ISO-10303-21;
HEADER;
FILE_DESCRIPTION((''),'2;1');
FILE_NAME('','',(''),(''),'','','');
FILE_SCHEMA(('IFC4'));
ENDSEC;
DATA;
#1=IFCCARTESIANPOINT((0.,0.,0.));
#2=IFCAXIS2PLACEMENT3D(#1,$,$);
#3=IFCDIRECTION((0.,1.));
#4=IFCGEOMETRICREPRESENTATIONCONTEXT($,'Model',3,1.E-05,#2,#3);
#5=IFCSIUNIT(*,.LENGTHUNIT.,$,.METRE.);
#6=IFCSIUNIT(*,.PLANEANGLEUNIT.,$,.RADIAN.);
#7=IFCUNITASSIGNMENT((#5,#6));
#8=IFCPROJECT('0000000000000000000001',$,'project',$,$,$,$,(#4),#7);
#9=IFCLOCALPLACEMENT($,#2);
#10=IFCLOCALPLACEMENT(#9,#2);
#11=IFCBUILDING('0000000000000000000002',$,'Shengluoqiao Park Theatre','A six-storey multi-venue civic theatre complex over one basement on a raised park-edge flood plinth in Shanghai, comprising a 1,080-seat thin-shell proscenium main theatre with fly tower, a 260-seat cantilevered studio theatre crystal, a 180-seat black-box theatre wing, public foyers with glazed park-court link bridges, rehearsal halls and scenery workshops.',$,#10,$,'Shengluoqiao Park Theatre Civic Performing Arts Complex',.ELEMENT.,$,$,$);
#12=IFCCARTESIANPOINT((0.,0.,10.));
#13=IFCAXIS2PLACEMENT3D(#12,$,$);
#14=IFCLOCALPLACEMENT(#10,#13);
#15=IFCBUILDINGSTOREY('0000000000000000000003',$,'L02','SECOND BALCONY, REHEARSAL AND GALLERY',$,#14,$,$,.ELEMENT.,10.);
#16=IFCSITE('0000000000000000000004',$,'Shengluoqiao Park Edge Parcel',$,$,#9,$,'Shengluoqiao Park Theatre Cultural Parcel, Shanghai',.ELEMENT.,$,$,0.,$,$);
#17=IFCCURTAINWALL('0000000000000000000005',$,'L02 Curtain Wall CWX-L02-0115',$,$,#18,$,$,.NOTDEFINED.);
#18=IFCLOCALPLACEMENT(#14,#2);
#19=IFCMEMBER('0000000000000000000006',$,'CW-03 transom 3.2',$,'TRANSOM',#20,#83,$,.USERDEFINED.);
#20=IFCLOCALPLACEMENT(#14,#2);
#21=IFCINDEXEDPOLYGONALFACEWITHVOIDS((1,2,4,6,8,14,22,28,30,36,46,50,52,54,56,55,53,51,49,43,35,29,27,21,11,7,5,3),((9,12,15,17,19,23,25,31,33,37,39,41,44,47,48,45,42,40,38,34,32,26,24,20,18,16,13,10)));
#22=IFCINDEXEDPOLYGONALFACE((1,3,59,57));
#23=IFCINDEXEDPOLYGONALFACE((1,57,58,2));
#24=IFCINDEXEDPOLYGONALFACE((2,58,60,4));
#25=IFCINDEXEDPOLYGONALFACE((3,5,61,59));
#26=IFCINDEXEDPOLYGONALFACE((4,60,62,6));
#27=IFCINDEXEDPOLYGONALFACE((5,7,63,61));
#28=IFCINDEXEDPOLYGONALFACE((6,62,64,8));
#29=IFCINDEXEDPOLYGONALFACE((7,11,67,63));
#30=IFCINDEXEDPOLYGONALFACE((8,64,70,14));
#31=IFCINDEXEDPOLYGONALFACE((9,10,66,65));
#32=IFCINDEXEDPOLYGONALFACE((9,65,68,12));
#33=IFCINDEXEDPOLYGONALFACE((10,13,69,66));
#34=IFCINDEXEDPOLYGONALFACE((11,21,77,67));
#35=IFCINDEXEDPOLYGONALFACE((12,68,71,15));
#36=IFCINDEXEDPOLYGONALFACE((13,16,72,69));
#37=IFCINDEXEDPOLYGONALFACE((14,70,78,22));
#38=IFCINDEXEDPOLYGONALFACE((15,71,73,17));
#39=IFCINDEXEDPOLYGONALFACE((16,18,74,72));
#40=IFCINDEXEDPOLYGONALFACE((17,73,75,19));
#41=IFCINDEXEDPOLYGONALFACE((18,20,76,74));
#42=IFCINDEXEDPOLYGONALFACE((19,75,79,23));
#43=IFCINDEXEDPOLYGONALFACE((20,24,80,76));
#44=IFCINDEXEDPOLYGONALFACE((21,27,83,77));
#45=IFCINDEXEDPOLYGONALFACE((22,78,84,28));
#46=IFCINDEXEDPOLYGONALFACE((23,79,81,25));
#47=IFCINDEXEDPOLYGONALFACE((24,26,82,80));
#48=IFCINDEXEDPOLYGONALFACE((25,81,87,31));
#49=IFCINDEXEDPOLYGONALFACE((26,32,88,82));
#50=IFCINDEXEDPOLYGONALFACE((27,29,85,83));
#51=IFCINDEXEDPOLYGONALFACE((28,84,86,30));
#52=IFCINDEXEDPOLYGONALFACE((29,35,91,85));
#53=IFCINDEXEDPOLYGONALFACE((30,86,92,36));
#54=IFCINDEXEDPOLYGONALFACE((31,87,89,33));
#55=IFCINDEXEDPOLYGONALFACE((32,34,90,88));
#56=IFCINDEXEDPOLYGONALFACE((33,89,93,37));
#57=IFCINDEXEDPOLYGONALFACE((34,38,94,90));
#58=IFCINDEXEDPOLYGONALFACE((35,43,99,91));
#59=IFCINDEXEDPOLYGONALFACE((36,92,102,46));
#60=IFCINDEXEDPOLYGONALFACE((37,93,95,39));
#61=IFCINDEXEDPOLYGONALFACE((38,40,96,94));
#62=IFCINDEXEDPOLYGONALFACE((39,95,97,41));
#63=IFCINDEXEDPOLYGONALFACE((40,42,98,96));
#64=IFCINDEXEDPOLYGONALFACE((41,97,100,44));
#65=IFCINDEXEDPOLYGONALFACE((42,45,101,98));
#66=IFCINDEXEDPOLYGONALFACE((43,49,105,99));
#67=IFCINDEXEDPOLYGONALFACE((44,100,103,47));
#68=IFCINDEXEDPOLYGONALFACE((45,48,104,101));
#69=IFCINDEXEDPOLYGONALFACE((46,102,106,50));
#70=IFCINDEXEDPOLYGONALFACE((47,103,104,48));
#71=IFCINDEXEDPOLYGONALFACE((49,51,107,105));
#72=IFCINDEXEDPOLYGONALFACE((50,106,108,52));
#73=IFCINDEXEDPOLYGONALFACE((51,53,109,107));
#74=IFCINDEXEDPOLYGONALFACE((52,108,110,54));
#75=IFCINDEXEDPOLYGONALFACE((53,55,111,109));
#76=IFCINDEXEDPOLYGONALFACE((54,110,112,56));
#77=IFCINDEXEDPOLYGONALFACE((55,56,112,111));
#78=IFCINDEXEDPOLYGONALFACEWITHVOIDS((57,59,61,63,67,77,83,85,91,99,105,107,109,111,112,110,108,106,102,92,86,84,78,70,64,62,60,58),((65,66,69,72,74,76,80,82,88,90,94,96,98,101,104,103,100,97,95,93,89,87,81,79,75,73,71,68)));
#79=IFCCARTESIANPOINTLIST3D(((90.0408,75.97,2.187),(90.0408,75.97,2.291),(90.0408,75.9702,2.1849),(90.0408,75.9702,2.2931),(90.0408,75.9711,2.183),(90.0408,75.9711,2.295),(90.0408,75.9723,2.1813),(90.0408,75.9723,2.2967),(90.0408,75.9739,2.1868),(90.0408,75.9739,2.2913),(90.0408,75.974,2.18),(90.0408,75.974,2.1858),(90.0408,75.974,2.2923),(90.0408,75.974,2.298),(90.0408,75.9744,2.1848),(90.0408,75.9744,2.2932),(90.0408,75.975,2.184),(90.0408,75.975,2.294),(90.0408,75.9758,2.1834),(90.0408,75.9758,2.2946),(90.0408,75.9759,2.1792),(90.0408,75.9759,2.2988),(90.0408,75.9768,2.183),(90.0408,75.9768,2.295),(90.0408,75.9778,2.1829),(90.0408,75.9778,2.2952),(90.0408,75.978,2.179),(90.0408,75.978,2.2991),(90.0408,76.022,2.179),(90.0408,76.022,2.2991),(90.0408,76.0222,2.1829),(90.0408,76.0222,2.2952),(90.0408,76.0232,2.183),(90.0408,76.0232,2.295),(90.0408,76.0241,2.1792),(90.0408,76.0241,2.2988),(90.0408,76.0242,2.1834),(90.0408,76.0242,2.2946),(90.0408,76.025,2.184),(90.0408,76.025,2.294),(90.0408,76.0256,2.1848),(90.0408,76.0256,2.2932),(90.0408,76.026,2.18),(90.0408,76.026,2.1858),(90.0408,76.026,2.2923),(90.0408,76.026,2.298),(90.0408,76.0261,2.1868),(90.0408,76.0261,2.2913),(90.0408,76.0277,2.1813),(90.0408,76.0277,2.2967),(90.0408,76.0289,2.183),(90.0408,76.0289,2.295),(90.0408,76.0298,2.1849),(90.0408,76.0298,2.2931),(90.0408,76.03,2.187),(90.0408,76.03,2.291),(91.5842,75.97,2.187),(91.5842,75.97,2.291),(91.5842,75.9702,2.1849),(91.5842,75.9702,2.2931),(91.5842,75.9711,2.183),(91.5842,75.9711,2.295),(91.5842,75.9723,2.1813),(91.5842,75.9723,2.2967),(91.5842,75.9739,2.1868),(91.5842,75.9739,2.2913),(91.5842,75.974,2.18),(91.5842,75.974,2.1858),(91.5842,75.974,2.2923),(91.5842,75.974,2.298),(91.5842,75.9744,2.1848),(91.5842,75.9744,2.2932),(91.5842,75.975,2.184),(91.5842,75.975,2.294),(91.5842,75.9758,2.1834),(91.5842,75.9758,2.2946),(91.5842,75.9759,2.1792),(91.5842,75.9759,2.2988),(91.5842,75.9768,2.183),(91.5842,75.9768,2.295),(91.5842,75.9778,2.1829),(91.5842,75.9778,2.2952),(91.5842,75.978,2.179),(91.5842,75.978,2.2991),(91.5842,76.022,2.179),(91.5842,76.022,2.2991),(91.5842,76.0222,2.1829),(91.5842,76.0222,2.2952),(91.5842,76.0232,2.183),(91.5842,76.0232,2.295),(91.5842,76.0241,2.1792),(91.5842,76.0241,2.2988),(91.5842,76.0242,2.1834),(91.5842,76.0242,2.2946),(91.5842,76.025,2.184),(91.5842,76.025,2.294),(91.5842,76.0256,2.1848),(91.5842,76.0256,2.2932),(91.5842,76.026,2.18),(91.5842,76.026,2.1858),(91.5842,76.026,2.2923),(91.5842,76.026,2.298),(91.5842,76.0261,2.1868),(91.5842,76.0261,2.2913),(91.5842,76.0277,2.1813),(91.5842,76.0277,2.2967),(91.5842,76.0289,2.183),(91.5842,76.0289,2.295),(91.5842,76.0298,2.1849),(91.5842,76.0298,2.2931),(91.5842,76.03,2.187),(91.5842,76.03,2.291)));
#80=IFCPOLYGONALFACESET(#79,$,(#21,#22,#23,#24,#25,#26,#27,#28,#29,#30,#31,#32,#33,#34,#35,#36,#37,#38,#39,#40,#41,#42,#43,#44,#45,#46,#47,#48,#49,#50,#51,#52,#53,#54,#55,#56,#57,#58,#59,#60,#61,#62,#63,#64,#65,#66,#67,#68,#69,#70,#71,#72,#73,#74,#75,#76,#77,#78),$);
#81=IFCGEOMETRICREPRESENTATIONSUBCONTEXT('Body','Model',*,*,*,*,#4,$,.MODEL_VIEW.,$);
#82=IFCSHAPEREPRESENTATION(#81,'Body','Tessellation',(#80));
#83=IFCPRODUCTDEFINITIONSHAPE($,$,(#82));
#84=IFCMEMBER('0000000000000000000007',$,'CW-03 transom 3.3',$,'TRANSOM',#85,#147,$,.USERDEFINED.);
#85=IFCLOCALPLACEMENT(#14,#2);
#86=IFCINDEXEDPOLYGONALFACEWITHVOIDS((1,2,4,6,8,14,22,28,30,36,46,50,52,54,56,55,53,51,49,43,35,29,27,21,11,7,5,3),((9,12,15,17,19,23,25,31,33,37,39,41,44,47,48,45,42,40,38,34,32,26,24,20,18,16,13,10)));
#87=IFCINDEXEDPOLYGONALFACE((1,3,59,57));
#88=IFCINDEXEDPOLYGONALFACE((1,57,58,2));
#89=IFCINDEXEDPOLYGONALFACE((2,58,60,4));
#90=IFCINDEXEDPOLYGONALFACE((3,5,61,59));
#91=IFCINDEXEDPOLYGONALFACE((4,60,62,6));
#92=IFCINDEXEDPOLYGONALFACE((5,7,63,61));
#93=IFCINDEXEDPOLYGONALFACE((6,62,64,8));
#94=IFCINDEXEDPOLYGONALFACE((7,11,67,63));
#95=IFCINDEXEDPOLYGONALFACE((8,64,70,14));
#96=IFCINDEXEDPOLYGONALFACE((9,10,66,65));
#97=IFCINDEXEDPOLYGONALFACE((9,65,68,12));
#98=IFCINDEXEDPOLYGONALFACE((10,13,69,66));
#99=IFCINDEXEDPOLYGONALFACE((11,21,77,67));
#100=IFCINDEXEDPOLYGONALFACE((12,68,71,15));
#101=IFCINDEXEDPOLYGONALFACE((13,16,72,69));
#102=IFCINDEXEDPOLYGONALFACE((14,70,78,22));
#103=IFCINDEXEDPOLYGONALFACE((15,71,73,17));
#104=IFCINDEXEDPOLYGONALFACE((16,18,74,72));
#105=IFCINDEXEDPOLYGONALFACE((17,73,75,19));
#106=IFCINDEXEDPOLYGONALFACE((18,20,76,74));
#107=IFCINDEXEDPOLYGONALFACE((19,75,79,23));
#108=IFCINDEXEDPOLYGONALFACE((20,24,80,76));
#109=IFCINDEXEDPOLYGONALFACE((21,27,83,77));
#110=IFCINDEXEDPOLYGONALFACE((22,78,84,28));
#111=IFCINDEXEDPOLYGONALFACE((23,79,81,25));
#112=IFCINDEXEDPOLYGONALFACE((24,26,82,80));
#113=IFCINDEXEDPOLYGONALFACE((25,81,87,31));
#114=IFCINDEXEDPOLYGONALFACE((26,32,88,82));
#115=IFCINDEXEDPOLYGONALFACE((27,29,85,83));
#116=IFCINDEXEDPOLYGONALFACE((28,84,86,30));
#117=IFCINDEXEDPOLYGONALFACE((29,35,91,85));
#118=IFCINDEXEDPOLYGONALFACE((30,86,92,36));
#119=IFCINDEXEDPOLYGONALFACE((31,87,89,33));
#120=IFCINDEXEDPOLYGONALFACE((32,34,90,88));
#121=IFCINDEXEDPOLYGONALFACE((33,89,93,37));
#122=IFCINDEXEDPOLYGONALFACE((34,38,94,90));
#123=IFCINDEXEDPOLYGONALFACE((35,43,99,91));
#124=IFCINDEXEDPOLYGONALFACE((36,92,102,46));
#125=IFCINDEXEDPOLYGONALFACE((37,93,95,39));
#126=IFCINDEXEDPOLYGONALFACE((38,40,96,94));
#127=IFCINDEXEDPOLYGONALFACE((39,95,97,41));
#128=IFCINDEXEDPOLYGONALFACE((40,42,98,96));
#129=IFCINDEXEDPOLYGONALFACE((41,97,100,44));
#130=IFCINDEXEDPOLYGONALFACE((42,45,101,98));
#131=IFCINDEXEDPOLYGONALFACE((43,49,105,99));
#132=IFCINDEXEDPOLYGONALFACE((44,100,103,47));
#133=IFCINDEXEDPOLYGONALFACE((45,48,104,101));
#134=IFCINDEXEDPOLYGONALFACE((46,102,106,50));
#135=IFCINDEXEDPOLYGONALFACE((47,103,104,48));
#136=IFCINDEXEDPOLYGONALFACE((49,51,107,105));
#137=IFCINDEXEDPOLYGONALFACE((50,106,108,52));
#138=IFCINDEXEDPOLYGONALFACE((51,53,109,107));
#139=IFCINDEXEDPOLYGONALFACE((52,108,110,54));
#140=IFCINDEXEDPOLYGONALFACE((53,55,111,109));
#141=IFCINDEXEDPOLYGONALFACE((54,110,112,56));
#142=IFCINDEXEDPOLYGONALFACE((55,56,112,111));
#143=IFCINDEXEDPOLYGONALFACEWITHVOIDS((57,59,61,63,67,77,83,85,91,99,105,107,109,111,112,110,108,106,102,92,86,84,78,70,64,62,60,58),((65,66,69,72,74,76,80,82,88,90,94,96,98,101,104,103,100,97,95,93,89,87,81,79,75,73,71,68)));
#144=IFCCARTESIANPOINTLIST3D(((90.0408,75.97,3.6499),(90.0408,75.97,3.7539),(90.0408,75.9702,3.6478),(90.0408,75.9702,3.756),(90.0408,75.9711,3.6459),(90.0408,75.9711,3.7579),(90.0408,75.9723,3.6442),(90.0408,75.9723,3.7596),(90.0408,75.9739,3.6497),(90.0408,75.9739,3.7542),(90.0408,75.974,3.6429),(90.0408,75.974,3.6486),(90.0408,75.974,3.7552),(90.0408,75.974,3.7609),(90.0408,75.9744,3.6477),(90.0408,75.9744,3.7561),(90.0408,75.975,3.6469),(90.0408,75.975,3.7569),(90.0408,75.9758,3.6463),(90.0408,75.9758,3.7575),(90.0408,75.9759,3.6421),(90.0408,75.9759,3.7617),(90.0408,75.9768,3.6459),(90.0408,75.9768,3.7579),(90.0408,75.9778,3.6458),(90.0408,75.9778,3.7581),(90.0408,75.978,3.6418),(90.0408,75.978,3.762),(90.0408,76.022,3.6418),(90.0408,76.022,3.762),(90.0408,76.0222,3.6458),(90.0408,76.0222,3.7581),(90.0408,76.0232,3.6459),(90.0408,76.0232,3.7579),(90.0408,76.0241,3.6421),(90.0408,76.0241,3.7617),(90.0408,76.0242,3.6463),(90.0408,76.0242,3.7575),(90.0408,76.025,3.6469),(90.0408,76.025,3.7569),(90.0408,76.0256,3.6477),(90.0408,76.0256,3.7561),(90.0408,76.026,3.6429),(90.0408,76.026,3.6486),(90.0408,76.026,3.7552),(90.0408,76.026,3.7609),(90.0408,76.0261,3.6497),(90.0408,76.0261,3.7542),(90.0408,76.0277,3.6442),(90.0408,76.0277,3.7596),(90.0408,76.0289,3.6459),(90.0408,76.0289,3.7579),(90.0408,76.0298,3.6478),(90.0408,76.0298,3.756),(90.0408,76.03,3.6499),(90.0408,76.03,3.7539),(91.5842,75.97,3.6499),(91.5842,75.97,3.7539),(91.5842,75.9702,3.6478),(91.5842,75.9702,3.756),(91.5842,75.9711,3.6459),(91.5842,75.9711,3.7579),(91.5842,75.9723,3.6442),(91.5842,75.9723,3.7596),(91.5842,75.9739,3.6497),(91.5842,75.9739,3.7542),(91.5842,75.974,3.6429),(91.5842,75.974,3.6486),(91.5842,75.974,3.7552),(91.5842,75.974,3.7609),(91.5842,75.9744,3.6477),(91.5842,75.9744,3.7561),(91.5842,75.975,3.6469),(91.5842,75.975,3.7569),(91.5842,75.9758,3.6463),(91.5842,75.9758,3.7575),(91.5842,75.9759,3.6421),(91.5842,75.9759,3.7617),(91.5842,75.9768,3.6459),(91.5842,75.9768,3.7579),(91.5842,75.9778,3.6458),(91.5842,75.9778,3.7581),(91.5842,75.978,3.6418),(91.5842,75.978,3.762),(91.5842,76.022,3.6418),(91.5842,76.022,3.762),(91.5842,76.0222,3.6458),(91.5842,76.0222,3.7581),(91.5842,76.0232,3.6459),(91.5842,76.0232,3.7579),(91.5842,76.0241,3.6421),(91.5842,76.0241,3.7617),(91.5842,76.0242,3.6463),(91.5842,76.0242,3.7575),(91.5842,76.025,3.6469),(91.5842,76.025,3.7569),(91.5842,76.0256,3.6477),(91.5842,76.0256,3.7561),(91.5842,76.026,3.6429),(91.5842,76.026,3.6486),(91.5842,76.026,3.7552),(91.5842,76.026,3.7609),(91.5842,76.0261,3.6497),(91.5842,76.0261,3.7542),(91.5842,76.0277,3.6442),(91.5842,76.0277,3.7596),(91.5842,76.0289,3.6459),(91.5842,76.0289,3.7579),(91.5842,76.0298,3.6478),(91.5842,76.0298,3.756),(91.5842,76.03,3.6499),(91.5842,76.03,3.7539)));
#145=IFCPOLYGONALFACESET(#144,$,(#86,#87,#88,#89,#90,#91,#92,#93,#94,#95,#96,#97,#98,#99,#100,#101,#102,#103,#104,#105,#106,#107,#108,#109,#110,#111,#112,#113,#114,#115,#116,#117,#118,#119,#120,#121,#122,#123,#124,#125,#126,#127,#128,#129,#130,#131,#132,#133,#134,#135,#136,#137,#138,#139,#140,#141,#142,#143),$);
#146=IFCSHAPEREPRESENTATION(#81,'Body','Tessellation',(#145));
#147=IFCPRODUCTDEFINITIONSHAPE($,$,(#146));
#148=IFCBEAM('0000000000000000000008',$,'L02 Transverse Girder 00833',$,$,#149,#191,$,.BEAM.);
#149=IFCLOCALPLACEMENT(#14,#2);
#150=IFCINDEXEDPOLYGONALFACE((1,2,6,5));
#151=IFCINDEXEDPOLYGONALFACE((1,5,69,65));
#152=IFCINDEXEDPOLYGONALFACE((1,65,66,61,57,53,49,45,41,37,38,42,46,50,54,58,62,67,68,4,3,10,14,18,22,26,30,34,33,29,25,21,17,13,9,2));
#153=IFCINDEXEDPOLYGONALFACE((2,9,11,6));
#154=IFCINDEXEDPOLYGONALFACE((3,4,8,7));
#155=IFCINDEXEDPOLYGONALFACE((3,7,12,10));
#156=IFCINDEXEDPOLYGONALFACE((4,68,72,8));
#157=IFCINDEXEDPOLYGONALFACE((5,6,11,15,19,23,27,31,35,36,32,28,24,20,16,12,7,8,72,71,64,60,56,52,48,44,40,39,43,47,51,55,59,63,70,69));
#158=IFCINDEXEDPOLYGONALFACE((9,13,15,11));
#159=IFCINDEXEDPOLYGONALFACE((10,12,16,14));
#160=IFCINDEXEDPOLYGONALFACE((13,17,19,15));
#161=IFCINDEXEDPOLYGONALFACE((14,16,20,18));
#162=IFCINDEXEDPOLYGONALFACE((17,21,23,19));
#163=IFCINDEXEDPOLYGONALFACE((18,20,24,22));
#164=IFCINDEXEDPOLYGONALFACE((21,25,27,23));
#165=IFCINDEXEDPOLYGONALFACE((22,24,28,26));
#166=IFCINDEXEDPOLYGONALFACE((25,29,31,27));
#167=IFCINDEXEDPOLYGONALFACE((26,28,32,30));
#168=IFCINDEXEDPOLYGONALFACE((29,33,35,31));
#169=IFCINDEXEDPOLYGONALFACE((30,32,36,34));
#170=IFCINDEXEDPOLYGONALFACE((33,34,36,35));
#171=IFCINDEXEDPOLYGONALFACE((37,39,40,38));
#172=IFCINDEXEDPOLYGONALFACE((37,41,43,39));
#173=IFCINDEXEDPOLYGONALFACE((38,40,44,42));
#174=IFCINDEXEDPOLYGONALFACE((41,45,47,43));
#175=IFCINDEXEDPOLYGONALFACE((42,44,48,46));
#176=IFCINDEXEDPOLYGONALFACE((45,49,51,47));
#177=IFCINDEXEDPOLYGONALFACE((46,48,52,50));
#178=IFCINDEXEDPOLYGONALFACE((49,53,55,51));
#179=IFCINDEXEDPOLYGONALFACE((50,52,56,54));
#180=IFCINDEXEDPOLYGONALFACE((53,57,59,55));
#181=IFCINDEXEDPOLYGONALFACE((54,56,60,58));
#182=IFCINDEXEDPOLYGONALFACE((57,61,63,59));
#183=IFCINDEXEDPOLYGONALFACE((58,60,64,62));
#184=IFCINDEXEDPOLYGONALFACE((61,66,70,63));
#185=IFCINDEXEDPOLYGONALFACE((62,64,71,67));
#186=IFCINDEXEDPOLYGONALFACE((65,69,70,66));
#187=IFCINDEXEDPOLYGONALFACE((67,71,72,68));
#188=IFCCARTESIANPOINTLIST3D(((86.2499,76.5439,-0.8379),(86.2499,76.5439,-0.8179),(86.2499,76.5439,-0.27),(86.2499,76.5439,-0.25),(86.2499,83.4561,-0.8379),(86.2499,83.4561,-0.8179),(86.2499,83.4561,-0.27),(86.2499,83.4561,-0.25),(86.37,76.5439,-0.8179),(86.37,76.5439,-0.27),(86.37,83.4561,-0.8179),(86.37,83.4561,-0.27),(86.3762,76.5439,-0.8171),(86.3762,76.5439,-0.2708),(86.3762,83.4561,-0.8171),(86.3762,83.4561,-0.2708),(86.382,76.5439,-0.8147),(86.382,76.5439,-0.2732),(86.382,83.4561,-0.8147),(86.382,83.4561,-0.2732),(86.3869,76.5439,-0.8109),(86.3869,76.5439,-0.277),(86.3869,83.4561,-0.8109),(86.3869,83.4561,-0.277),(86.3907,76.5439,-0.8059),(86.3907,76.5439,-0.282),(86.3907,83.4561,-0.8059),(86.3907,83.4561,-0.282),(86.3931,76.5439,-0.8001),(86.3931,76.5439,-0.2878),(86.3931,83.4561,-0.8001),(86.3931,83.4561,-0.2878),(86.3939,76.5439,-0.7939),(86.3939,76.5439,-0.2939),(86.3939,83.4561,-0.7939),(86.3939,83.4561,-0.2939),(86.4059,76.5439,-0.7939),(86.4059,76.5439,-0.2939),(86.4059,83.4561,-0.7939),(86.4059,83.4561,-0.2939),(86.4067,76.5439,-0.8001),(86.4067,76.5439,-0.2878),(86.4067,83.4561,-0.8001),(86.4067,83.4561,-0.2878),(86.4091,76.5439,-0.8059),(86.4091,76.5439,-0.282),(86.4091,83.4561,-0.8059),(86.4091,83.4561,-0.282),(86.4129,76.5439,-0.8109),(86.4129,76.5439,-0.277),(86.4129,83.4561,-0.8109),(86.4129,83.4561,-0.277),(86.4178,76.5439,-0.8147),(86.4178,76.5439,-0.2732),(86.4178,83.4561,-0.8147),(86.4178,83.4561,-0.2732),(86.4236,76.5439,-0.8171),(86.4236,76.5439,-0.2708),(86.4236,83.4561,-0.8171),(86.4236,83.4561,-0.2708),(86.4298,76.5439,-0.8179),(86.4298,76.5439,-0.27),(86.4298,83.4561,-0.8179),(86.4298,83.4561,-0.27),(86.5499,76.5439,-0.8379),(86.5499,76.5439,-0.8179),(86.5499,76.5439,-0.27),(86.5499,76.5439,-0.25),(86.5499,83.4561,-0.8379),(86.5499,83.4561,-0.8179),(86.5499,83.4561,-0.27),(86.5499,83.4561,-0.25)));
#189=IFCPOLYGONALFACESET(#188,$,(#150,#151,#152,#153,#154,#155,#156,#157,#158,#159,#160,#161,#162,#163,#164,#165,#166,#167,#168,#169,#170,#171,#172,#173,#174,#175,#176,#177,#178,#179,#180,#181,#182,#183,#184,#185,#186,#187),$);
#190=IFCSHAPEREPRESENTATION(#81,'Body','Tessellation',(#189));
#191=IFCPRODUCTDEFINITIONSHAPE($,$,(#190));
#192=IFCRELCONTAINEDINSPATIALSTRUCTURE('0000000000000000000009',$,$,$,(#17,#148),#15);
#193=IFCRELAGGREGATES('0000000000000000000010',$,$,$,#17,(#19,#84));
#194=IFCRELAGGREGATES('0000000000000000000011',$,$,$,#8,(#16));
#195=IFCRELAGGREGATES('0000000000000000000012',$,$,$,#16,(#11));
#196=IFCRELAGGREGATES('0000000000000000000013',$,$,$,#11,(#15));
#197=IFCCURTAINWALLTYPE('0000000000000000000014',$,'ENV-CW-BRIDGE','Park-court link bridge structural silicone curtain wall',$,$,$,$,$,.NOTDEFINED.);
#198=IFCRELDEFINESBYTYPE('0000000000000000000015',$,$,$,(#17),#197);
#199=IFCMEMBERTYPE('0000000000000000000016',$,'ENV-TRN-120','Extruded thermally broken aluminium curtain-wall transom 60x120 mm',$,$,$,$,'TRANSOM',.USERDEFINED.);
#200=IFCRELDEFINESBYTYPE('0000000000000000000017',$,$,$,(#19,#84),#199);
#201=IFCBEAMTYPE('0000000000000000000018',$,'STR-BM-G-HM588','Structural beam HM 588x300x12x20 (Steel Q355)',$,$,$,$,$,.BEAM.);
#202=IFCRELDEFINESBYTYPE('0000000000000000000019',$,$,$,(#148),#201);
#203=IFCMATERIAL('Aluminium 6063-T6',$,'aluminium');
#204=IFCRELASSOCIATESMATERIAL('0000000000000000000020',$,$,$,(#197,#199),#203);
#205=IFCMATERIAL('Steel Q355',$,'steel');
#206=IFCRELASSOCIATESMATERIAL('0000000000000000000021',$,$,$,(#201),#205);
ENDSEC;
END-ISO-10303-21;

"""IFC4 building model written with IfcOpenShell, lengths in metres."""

from ifc_helpers import new_model, si_unit, direction, frame, origin, origin_2d, place, context, subcontext, project, spatial, hollow_rectangle, i_section, extrude, material, material_profile, profile_set, type_object, element, aggregate, save


model = new_model("IFC4")

# Units and contexts
model_context = context("Model", 3, precision=1e-05, world=origin(), true_north=direction((0.0, 1.0)))
body_context = subcontext(model_context, "Body", "Model", "MODEL_VIEW")
ifc_project = project(units=[si_unit("LENGTHUNIT", "METRE"), si_unit("PLANEANGLEUNIT", "RADIAN")], contexts=[model_context])

# Site, building, storey
site_placement = place(None, origin())
site = spatial("IfcSite", under=ifc_project, at=site_placement, Name="Shengluoqiao Park Edge Parcel", LongName="Shengluoqiao Park Theatre Cultural Parcel, Shanghai", CompositionType="ELEMENT", RefElevation=0.0)
building_placement = place(site_placement, origin())
building = spatial("IfcBuilding", under=site, at=building_placement, Name="Shengluoqiao Park Theatre", Description="A six-storey multi-venue civic theatre complex over one basement on a raised park-edge flood plinth in Shanghai, comprising a 1,080-seat thin-shell proscenium main theatre with fly tower, a 260-seat cantilevered studio theatre crystal, a 180-seat black-box theatre wing, public foyers with glazed park-court link bridges, rehearsal halls and scenery workshops.", LongName="Shengluoqiao Park Theatre Civic Performing Arts Complex", CompositionType="ELEMENT")
storey_placement = place(building_placement, frame((0.0, 0.0, 10.0)))
storey = spatial("IfcBuildingStorey", under=building, at=storey_placement, Name="L02", Description="SECOND BALCONY, REHEARSAL AND GALLERY", CompositionType="ELEMENT", Elevation=10.0)

# Curtain wall, members
ifc_material_1 = material(Name="Aluminium 6063-T6", Category="aluminium")
curtain_wall_type = type_object("IfcCurtainWallType", Name="ENV-CW-BRIDGE", Description="Park-court link bridge structural silicone curtain wall", PredefinedType="NOTDEFINED", material=ifc_material_1)
curtain_wall_placement = place(storey_placement, origin())
curtain_wall = element("IfcCurtainWall", 1, at=curtain_wall_placement, inside=storey, type_object=curtain_wall_type, Name="L02 Curtain Wall CWX-L02-0115", PredefinedType="NOTDEFINED")
ifc_material_profile_1 = material_profile(ifc_material_1, hollow_rectangle(XDim=0.0601, YDim=0.1201, WallThickness=0.0039, InnerFilletRadius=0.0039, OuterFilletRadius=0.0081, at=origin_2d()), Name="ALU TRANSOM 120x60x4")
ifc_profile_set_1 = profile_set([ifc_material_profile_1], Name="Aluminium 6063-T6")
member_type_1 = type_object("IfcMemberType", Name="ENV-TRN-120", Description="Extruded thermally broken aluminium curtain-wall transom 60x120 mm", ElementType="TRANSOM", PredefinedType="USERDEFINED", material=ifc_profile_set_1)
member_1_placement = place(storey_placement, frame((90.0408, 76.0, 2.239), z_axis=(1.0, 0.0, 0.0), x_axis=(0.0, 1.0, 0.0)))
member_1 = element("IfcMember", 2, at=member_1_placement, type_object=member_type_1, Name="CW-03 transom 3.2", ObjectType="TRANSOM", PredefinedType="USERDEFINED", context=body_context, shape_type="SweptSolid", body=[
    extrude(hollow_rectangle(XDim=0.0601, YDim=0.1201, WallThickness=0.0039, InnerFilletRadius=0.0039, OuterFilletRadius=0.0081, at=origin_2d()), origin(), (0.0, 0.0, 1.0), 1.5435),
])
member_2_placement = place(storey_placement, frame((90.0408, 76.0, 3.7019), z_axis=(1.0, 0.0, 0.0), x_axis=(0.0, 1.0, 0.0)))
member_2 = element("IfcMember", 3, at=member_2_placement, type_object=member_type_1, Name="CW-03 transom 3.3", ObjectType="TRANSOM", PredefinedType="USERDEFINED", context=body_context, shape_type="SweptSolid", body=[
    extrude(hollow_rectangle(XDim=0.0601, YDim=0.1201, WallThickness=0.0039, InnerFilletRadius=0.0039, OuterFilletRadius=0.0081, at=origin_2d()), origin(), (0.0, 0.0, 1.0), 1.5435),
])

# Beam
ifc_material_2 = material(Name="Steel Q355", Category="steel")
ifc_material_profile_2 = material_profile(ifc_material_2, i_section(OverallWidth=0.3, OverallDepth=0.5879, WebThickness=0.012, FlangeThickness=0.02, FilletRadius=0.0239, at=origin_2d()), Name="HM 588x300x12x20")
ifc_profile_set_2 = profile_set([ifc_material_profile_2], Name="Steel Q355")
beam_type_1 = type_object("IfcBeamType", Name="STR-BM-G-HM588", Description="Structural beam HM 588x300x12x20 (Steel Q355)", PredefinedType="BEAM", material=ifc_profile_set_2)
beam_1_placement = place(storey_placement, frame((86.3999, 76.5439, -0.5439), z_axis=(0.0, 1.0, 0.0), x_axis=(-1.0, 0.0, 0.0)))
element("IfcBeam", 4, at=beam_1_placement, inside=storey, type_object=beam_type_1, Name="L02 Transverse Girder 00833", PredefinedType="BEAM", context=body_context, shape_type="SweptSolid", body=[
    extrude(i_section(OverallWidth=0.3, OverallDepth=0.5879, WebThickness=0.012, FlangeThickness=0.02, FilletRadius=0.0239, at=origin_2d()), origin(), (0.0, 0.0, 1.0), 6.9121),
])

aggregate(curtain_wall, [member_1, member_2])

save(model, "model.ifc")
